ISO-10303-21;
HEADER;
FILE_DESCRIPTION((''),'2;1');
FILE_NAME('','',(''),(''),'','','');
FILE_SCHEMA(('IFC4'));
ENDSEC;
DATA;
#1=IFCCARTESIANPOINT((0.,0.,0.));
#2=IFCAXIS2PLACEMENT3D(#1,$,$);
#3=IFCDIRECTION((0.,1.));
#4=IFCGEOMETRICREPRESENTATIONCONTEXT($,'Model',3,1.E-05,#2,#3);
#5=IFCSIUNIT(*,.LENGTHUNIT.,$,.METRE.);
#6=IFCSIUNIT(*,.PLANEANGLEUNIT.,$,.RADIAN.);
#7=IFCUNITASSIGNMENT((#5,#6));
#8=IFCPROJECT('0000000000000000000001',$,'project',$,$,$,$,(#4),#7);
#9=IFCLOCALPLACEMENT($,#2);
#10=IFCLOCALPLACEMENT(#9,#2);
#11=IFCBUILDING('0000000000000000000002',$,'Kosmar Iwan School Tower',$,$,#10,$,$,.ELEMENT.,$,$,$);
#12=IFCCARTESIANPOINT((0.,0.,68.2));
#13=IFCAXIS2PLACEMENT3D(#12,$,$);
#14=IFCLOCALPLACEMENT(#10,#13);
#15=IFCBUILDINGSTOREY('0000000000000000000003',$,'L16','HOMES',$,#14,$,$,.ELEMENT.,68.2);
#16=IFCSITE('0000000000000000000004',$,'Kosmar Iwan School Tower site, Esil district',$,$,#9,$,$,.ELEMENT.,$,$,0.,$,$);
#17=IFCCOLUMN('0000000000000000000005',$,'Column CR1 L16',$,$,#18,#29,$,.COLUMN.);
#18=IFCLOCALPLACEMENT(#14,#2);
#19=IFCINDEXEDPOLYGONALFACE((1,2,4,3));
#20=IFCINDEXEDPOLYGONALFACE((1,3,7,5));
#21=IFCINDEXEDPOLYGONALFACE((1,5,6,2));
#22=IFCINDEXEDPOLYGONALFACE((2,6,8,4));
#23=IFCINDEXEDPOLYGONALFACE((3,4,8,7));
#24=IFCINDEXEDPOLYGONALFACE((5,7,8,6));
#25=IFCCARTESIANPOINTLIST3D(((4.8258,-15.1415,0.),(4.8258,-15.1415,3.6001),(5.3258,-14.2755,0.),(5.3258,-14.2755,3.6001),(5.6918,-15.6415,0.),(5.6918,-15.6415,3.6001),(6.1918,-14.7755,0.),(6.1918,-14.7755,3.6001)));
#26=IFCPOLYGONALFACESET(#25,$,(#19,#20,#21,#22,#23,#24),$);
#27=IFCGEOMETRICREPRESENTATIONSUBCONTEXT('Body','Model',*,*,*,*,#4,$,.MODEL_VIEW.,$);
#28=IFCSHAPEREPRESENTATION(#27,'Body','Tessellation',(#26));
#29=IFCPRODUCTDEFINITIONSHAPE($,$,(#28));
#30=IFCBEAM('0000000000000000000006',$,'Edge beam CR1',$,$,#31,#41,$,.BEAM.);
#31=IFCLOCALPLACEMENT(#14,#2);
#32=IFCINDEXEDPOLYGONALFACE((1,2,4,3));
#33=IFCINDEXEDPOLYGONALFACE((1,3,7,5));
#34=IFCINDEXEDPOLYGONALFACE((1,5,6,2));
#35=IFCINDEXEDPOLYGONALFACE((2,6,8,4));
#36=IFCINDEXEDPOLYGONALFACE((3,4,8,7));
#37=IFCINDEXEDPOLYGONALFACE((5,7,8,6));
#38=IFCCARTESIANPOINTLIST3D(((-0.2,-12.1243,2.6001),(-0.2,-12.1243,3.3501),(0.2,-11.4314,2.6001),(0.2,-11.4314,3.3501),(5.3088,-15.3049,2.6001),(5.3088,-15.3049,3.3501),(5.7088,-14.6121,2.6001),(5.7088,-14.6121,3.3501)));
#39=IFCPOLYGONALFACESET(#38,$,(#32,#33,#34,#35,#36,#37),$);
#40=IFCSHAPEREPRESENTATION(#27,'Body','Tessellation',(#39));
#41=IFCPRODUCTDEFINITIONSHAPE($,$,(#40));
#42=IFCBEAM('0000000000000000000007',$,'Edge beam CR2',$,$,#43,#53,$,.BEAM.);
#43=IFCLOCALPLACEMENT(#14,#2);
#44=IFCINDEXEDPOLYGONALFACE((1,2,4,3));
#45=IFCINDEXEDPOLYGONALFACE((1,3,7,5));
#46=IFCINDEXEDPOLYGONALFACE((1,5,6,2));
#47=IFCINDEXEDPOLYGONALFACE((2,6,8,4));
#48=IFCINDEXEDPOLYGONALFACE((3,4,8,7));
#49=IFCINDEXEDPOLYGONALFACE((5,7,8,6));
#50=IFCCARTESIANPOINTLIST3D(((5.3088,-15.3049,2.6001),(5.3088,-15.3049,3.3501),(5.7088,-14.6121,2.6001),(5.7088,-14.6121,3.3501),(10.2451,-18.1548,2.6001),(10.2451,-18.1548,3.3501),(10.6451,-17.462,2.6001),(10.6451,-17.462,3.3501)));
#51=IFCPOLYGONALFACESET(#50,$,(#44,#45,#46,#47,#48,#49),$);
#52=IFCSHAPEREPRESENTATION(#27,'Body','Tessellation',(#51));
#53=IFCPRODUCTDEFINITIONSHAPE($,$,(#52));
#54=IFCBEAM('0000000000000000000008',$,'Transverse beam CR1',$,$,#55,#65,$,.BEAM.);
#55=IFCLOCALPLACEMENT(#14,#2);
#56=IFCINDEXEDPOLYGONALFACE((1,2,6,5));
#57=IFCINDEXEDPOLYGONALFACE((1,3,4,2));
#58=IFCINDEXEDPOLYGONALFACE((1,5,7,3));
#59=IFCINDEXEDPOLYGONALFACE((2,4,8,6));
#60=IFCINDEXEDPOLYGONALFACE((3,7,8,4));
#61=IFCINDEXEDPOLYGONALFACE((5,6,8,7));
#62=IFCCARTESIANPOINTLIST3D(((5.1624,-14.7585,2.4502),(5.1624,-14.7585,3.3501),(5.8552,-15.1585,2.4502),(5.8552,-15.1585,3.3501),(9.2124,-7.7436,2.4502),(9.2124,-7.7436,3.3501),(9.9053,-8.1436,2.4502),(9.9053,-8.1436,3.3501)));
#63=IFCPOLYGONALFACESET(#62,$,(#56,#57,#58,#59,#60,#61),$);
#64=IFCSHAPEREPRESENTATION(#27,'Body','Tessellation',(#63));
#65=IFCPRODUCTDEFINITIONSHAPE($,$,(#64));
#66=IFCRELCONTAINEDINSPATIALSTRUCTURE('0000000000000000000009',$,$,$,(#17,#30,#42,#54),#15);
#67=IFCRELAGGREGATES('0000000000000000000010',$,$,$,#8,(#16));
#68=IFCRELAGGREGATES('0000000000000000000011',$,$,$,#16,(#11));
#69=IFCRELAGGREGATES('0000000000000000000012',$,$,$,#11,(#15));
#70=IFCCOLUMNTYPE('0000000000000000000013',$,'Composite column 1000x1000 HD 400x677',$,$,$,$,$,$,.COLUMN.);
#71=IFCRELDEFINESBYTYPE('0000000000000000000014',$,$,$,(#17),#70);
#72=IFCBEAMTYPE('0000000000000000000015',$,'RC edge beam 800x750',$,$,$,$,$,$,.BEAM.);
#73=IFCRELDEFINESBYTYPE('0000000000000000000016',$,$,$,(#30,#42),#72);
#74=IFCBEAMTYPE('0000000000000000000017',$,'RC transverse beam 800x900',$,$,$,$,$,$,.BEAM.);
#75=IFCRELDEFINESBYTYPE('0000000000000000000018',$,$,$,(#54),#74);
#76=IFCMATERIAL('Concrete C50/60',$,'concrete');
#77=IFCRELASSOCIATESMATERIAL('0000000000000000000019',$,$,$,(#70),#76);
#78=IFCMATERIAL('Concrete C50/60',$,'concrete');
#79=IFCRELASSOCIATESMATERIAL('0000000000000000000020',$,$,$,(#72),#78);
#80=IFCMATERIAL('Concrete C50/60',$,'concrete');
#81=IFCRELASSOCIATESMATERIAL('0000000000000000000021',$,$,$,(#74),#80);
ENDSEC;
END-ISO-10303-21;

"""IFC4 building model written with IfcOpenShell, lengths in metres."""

from ifc_helpers import new_model, si_unit, direction, frame, origin, origin_2d, place, context, subcontext, project, spatial, rectangle, extrude, material, material_profile, profile_set, type_object, element, save


model = new_model("IFC4")

# Units and contexts
model_context = context("Model", 3, precision=1e-05, world=origin(), true_north=direction((0.0, 1.0)))
body_context = subcontext(model_context, "Body", "Model", "MODEL_VIEW")
ifc_project = project(units=[si_unit("LENGTHUNIT", "METRE"), si_unit("PLANEANGLEUNIT", "RADIAN")], contexts=[model_context])

# Site, building, storey
site_placement = place(None, origin())
site = spatial("IfcSite", under=ifc_project, at=site_placement, Name="Kosmar Iwan School Tower site, Esil district", CompositionType="ELEMENT", RefElevation=0.0)
building_placement = place(site_placement, origin())
building = spatial("IfcBuilding", under=site, at=building_placement, Name="Kosmar Iwan School Tower", CompositionType="ELEMENT")
storey_placement = place(building_placement, frame((0.0, 0.0, 68.2)))
storey = spatial("IfcBuildingStorey", under=building, at=storey_placement, Name="L16", Description="HOMES", CompositionType="ELEMENT", Elevation=68.2)

# Column
ifc_material_1 = material(Name="Concrete C50/60", Category="concrete")
ifc_material_profile_1 = material_profile(ifc_material_1, rectangle(XDim=1.0, YDim=1.0, at=origin_2d()), Name="RC 1000x1000 + HD 400x677")
ifc_profile_set_1 = profile_set([ifc_material_profile_1], Name="Concrete C50/60")
column_type = type_object("IfcColumnType", Name="Composite column 1000x1000 HD 400x677", PredefinedType="COLUMN", material=ifc_profile_set_1)
column_placement = place(storey_placement, frame((5.5088, -14.9585, 0.0), z_axis=(0.0, 0.0, 1.0), x_axis=(0.866025, -0.5, 0.0)))
element("IfcColumn", 1, at=column_placement, inside=storey, type_object=column_type, Name="Column CR1 L16", PredefinedType="COLUMN", context=body_context, shape_type="SweptSolid", body=[
    extrude(rectangle(XDim=1.0, YDim=1.0, at=origin_2d()), origin(), (0.0, 0.0, 1.0), 3.6001),
])

# Beams
ifc_material_2 = material(Name="Concrete C50/60", Category="concrete")
ifc_material_profile_2 = material_profile(ifc_material_2, rectangle(XDim=0.8, YDim=0.75, at=origin_2d()), Name="RC 800x750")
ifc_profile_set_2 = profile_set([ifc_material_profile_2], Name="Concrete C50/60")
beam_type_1 = type_object("IfcBeamType", Name="RC edge beam 800x750", PredefinedType="BEAM", material=ifc_profile_set_2)
beam_1_placement = place(storey_placement, frame((0.0, -11.7778, 2.9751), z_axis=(0.866014, -0.500019, 0.0), x_axis=(0.500019, 0.866014, 0.0)))
element("IfcBeam", 2, at=beam_1_placement, inside=storey, type_object=beam_type_1, Name="Edge beam CR1", PredefinedType="BEAM", context=body_context, shape_type="SweptSolid", body=[
    extrude(rectangle(XDim=0.8, YDim=0.75, at=origin_2d()), origin(), (0.0, 0.0, 1.0), 6.3611),
])
beam_2_placement = place(storey_placement, frame((5.5088, -14.9585, 2.9751), z_axis=(0.866034, -0.499986, 0.0), x_axis=(0.499986, 0.866034, 0.0)))
element("IfcBeam", 3, at=beam_2_placement, inside=storey, type_object=beam_type_1, Name="Edge beam CR2", PredefinedType="BEAM", context=body_context, shape_type="SweptSolid", body=[
    extrude(rectangle(XDim=0.8, YDim=0.75, at=origin_2d()), origin(), (0.0, 0.0, 1.0), 5.7),
])
ifc_material_3 = material(Name="Concrete C50/60", Category="concrete")
ifc_material_profile_3 = material_profile(ifc_material_3, rectangle(XDim=0.8, YDim=0.8999, at=origin_2d()), Name="RC 800x900")
ifc_profile_set_3 = profile_set([ifc_material_profile_3], Name="Concrete C50/60")
beam_type_2 = type_object("IfcBeamType", Name="RC transverse beam 800x900", PredefinedType="BEAM", material=ifc_profile_set_3)
beam_3_placement = place(storey_placement, frame((5.5088, -14.9585, 2.9001), z_axis=(0.5, 0.866025, 0.0), x_axis=(-0.866025, 0.5, 0.0)))
element("IfcBeam", 4, at=beam_3_placement, inside=storey, type_object=beam_type_2, Name="Transverse beam CR1", PredefinedType="BEAM", context=body_context, shape_type="SweptSolid", body=[
    extrude(rectangle(XDim=0.8, YDim=0.8999, at=origin_2d()), origin(), (0.0, 0.0, 1.0), 8.1001),
])

save(model, "model.ifc")
